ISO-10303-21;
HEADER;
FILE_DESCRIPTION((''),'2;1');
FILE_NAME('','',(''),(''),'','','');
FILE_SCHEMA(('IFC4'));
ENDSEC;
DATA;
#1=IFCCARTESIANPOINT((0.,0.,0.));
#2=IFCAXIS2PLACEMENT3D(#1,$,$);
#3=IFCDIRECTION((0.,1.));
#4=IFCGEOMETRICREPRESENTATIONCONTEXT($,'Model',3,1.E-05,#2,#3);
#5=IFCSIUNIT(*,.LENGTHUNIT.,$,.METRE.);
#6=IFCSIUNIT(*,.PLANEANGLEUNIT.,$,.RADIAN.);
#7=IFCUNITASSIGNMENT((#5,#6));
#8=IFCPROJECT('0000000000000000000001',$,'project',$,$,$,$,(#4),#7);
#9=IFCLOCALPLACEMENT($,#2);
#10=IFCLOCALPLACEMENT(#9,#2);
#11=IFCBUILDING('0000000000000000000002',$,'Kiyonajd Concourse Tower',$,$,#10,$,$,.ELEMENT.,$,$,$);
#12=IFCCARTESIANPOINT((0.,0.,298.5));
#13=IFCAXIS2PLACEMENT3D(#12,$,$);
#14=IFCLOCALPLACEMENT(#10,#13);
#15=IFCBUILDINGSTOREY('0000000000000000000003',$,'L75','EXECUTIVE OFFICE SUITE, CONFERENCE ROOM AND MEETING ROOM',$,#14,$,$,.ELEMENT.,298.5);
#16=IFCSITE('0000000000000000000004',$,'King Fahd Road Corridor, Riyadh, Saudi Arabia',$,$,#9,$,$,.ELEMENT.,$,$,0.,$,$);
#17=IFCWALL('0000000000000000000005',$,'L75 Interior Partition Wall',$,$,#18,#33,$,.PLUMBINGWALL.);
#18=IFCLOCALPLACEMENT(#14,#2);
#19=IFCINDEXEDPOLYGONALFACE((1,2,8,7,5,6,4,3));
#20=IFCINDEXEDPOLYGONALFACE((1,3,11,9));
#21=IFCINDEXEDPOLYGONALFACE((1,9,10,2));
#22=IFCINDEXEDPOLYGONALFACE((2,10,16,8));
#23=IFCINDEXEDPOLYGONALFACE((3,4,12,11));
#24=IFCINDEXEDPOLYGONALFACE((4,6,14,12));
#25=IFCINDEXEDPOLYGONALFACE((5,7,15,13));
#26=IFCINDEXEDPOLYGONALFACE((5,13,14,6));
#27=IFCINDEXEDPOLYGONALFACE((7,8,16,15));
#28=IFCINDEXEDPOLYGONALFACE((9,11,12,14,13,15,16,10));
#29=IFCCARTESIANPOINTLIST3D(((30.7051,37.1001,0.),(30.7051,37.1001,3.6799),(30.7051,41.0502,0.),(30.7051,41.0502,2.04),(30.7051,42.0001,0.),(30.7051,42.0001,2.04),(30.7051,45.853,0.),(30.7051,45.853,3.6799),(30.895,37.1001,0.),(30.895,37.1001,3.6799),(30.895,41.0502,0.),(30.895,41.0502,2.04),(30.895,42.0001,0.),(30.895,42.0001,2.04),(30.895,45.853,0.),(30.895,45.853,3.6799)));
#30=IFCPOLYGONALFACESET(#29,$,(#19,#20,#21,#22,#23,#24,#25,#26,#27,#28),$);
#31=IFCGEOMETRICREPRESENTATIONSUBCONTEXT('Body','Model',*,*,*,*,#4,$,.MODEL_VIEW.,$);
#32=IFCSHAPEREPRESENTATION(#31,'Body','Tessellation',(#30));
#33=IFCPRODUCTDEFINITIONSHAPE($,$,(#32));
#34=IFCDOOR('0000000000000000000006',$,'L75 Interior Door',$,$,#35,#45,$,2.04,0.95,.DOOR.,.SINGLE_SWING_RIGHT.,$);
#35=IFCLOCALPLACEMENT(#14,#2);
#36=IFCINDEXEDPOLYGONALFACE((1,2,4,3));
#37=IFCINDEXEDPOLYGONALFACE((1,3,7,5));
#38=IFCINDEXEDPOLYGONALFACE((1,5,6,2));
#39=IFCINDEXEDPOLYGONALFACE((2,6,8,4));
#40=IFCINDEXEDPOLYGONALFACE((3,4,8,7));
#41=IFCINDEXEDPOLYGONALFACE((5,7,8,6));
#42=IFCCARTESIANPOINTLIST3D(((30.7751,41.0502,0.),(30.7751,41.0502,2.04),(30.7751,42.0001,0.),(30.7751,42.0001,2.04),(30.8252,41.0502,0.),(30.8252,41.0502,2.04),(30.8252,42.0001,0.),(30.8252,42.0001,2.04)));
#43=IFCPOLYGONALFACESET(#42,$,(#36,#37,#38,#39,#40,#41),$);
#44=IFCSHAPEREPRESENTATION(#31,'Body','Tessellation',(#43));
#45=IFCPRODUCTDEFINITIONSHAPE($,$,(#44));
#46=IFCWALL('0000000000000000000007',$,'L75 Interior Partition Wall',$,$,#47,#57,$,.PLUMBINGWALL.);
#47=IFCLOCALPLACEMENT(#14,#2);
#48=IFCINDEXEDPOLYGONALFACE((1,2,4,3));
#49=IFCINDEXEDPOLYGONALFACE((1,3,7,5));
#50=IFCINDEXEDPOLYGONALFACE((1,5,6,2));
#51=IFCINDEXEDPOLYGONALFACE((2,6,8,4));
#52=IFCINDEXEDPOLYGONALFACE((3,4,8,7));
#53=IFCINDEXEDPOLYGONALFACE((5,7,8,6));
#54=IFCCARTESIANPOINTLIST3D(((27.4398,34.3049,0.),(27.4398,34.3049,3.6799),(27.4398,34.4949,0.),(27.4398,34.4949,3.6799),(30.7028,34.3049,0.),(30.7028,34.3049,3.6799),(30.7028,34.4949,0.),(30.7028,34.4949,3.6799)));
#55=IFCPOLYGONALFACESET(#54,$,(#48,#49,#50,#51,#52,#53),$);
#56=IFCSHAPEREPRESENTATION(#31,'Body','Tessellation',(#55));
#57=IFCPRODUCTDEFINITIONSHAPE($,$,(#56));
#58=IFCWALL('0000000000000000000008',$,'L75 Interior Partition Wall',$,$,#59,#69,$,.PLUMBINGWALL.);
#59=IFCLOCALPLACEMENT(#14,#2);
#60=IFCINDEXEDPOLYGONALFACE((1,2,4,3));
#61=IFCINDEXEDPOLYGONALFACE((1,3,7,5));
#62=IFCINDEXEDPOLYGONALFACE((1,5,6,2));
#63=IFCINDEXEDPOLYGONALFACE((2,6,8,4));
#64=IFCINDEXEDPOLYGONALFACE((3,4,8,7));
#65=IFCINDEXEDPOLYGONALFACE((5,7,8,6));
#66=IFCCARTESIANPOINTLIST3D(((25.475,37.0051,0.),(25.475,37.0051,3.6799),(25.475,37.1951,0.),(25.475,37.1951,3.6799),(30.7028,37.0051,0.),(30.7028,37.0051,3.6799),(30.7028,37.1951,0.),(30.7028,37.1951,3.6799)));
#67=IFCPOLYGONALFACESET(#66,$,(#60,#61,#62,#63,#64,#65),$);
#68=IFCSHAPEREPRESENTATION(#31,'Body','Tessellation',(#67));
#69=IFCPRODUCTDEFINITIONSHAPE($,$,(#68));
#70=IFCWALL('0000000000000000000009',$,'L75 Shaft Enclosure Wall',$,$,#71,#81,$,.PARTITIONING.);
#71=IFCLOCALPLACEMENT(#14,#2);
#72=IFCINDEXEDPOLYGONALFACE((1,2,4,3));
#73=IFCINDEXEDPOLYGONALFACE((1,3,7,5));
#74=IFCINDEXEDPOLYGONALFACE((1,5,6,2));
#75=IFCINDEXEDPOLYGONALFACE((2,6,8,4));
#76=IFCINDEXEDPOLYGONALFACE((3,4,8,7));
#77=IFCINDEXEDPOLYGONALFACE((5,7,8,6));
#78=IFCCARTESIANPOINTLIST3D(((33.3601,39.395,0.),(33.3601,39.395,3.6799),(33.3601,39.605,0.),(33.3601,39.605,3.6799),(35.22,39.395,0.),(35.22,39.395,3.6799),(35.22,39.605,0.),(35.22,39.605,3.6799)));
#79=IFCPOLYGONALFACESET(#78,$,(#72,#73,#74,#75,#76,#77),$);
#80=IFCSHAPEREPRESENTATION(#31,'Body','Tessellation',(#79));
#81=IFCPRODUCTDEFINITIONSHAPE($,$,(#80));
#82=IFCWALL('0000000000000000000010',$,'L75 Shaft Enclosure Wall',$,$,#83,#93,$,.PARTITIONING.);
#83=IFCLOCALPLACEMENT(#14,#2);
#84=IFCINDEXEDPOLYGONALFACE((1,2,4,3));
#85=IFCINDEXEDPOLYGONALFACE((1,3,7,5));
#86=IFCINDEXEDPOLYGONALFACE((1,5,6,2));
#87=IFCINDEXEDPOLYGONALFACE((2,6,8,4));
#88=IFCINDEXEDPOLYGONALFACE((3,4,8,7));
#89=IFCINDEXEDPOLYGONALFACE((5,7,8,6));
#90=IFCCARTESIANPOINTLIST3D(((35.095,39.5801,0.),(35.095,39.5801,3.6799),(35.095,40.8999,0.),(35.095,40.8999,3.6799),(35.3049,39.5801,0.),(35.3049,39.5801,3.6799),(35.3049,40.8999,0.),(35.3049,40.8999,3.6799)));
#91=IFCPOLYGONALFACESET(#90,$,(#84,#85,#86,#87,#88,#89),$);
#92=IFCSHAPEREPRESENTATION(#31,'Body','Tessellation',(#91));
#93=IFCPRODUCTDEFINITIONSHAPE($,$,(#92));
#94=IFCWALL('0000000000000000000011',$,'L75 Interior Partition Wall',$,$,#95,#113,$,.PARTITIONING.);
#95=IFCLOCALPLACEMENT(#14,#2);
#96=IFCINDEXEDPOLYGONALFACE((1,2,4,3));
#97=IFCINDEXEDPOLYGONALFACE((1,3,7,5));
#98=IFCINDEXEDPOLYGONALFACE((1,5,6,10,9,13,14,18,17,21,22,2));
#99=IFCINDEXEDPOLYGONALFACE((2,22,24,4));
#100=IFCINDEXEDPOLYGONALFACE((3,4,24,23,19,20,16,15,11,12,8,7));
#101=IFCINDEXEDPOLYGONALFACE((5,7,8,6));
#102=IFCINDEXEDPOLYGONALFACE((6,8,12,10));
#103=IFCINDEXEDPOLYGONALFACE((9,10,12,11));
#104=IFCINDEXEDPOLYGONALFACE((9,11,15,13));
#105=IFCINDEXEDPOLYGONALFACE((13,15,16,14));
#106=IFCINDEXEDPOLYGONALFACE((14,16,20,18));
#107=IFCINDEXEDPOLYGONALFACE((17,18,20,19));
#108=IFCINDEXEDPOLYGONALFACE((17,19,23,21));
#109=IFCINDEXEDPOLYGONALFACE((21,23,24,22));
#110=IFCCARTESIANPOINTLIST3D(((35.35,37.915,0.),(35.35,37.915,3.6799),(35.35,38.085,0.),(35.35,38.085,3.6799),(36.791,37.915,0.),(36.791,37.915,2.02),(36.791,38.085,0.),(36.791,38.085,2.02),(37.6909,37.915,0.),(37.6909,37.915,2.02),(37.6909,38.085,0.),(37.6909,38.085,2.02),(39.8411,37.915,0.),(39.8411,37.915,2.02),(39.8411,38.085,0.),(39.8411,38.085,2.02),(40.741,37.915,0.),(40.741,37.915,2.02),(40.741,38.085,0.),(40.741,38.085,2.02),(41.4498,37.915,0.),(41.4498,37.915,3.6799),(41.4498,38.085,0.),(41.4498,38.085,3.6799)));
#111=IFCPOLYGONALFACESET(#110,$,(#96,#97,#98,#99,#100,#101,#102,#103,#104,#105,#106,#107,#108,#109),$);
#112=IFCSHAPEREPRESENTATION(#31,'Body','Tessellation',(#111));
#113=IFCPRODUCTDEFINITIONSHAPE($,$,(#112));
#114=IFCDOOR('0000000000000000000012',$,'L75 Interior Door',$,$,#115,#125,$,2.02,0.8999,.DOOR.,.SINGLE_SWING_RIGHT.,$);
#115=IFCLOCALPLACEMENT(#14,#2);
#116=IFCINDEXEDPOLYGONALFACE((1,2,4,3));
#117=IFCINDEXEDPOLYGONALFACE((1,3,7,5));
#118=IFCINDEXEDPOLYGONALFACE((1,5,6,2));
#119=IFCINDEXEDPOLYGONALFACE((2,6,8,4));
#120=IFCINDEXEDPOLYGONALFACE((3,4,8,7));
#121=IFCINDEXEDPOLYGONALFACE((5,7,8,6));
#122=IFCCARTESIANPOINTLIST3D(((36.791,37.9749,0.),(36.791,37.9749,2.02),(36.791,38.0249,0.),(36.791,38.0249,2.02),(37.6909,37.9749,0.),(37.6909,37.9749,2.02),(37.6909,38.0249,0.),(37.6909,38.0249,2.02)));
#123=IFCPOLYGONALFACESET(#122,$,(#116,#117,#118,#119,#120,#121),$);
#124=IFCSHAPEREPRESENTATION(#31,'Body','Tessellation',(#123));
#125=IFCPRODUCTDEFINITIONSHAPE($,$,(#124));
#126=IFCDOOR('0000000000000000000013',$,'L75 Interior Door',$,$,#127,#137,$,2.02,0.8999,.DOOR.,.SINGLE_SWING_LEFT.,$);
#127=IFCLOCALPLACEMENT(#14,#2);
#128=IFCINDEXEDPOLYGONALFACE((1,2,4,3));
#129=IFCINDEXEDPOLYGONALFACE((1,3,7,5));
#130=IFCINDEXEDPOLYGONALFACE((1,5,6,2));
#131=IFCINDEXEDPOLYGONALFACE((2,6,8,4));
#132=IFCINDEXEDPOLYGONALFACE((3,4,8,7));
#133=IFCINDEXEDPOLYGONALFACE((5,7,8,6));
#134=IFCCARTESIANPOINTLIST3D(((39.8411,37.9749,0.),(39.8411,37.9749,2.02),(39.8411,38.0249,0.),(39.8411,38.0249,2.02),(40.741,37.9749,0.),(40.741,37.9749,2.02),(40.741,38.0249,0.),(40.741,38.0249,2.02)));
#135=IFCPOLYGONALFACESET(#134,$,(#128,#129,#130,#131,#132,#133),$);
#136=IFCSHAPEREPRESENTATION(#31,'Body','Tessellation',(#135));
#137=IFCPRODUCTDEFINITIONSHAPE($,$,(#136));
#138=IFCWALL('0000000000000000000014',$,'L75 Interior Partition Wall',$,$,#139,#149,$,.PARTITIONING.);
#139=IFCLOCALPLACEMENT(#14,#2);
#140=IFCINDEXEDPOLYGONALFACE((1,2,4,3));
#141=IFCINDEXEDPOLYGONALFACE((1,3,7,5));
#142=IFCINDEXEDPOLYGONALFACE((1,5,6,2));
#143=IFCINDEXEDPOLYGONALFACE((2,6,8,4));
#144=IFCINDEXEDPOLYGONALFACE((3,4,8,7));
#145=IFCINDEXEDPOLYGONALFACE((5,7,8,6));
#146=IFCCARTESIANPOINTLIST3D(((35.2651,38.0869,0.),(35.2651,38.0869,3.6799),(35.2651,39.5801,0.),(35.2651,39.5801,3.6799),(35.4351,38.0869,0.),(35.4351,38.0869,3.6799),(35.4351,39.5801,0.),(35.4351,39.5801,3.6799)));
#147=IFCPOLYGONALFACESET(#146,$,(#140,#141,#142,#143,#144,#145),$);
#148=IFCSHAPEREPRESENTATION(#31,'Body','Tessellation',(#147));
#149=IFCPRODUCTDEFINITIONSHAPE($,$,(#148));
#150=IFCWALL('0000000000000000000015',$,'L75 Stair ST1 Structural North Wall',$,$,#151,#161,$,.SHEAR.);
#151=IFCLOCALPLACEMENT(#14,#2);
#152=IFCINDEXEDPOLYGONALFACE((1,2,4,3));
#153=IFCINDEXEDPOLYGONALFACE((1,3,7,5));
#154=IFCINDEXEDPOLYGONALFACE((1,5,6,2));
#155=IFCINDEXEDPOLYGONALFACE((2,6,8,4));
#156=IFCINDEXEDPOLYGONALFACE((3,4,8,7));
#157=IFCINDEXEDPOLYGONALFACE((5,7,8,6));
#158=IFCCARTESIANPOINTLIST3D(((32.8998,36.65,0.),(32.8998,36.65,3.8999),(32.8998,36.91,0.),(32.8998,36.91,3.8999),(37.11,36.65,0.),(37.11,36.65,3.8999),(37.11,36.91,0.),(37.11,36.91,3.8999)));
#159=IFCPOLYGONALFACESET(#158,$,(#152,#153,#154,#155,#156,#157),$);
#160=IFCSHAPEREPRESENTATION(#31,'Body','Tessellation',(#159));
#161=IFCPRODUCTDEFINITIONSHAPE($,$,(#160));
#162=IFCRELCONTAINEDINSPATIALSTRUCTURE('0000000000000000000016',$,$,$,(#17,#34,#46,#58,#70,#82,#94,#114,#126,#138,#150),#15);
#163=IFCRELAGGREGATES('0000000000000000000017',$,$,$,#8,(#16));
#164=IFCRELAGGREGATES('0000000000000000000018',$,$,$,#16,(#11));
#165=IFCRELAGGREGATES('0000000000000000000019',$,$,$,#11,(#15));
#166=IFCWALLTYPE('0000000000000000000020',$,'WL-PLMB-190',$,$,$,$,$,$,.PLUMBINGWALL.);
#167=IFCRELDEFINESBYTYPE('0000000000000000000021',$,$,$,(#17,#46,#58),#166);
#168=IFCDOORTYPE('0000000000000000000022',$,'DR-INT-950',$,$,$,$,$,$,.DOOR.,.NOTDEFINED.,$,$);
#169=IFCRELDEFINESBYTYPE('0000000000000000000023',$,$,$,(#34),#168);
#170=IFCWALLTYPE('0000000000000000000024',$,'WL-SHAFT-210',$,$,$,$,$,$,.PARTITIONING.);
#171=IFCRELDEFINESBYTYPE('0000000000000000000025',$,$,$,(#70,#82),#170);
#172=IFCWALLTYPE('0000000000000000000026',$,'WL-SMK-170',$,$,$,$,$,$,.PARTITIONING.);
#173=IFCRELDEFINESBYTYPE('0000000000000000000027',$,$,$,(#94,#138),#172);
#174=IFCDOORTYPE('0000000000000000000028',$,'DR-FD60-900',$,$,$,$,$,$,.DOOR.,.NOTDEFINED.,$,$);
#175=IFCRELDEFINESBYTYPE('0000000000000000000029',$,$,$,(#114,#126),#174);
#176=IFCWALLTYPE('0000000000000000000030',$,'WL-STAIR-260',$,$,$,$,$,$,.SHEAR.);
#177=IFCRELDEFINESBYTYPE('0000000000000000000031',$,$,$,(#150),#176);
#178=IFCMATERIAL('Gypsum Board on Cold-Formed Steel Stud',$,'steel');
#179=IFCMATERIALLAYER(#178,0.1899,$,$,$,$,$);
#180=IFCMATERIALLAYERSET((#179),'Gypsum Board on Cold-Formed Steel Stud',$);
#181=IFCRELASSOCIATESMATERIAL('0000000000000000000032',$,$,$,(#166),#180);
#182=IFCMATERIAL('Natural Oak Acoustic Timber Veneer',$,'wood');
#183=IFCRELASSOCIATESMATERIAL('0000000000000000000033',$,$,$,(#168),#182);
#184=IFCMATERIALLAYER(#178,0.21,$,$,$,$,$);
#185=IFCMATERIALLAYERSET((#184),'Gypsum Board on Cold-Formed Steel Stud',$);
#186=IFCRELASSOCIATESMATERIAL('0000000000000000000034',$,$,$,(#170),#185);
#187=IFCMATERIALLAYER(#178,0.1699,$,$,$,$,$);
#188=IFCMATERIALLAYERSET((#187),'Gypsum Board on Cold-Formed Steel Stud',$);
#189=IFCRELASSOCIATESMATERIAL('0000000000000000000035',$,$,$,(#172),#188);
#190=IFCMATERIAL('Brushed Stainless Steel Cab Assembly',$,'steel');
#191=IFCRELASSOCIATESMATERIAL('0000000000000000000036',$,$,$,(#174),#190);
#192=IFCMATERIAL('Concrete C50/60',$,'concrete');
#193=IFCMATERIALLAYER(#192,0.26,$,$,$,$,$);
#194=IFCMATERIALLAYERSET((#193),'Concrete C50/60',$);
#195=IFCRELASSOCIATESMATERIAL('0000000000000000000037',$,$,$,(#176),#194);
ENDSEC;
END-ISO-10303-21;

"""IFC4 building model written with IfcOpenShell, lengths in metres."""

from ifc_helpers import new_model, si_unit, direction, frame, frame_2d, origin, place, context, subcontext, project, spatial, rectangle, extrude, material, layer, layer_set, type_object, element, fill, save


model = new_model("IFC4")

# Units and contexts
model_context = context("Model", 3, precision=1e-05, world=origin(), true_north=direction((0.0, 1.0)))
body_context = subcontext(model_context, "Body", "Model", "MODEL_VIEW")
ifc_project = project(units=[si_unit("LENGTHUNIT", "METRE"), si_unit("PLANEANGLEUNIT", "RADIAN")], contexts=[model_context])

# Site, building, storey
site_placement = place(None, origin())
site = spatial("IfcSite", under=ifc_project, at=site_placement, Name="King Fahd Road Corridor, Riyadh, Saudi Arabia", CompositionType="ELEMENT", RefElevation=0.0)
building_placement = place(site_placement, origin())
building = spatial("IfcBuilding", under=site, at=building_placement, Name="Kiyonajd Concourse Tower", CompositionType="ELEMENT")
storey_placement = place(building_placement, frame((0.0, 0.0, 298.5)))
storey = spatial("IfcBuildingStorey", under=building, at=storey_placement, Name="L75", Description="EXECUTIVE OFFICE SUITE, CONFERENCE ROOM AND MEETING ROOM", CompositionType="ELEMENT", Elevation=298.5)

# Shared definitions
ifc_material_1 = material(Name="Gypsum Board on Cold-Formed Steel Stud", Category="steel")
ifc_layer_1 = layer(ifc_material_1, 0.1899)
ifc_layer_set_1 = layer_set([ifc_layer_1], Name="Gypsum Board on Cold-Formed Steel Stud")
wall_type_1 = type_object("IfcWallType", Name="WL-PLMB-190", PredefinedType="PLUMBINGWALL", material=ifc_layer_set_1)

# Wall, opening, door
wall_1_placement = place(storey_placement, frame((30.8, 37.1001, 0.0), z_axis=(0.0, 0.0, 1.0), x_axis=(0.0, 1.0, 0.0)))
wall_1 = element("IfcWall", 1, at=wall_1_placement, inside=storey, type_object=wall_type_1, Name="L75 Interior Partition Wall", PredefinedType="PLUMBINGWALL", context=body_context, shape_type="SweptSolid", body=[
    extrude(rectangle(XDim=8.7529, YDim=0.1899, at=frame_2d((4.3765, 0.0))), origin(), (0.0, 0.0, 1.0), 3.6799),
])
opening_1_placement = place(wall_1_placement, frame((3.95, 0.0, 0.0)))
opening_1 = element("IfcOpeningElement", 2, at=opening_1_placement, cuts=wall_1, PredefinedType="OPENING", context=body_context, shape_type="SweptSolid", body=[
    extrude(rectangle(XDim=0.95, YDim=2.04, at=frame_2d((0.4751, 1.02))), frame((0.0, 0.105, 0.0), z_axis=(0.0, -1.0, 0.0), x_axis=(1.0, 0.0, 0.0)), (0.0, 0.0, 1.0), 0.21),
])
ifc_material_2 = material(Name="Natural Oak Acoustic Timber Veneer", Category="wood")
door_type_1 = type_object("IfcDoorType", Name="DR-INT-950", OperationType="NOTDEFINED", PredefinedType="DOOR", material=ifc_material_2)
door_1_placement = place(opening_1_placement, origin())
door_1 = element("IfcDoor", 3, at=door_1_placement, inside=storey, type_object=door_type_1, Name="L75 Interior Door", OperationType="SINGLE_SWING_RIGHT", OverallHeight=2.04, OverallWidth=0.95, PredefinedType="DOOR", context=body_context, shape_type="SweptSolid", body=[
    extrude(rectangle(XDim=0.95, YDim=2.04, at=frame_2d((0.4751, 1.02))), frame((0.0, 0.0249, 0.0), z_axis=(0.0, -1.0, 0.0), x_axis=(1.0, 0.0, 0.0)), (0.0, 0.0, 1.0), 0.05),
])
fill(opening_1, door_1)

# Walls
wall_2_placement = place(storey_placement, frame((27.4399, 34.3999, 0.0), z_axis=(0.0, 0.0, 1.0), x_axis=(1.0, 0.0, 0.0)))
element("IfcWall", 4, at=wall_2_placement, inside=storey, type_object=wall_type_1, Name="L75 Interior Partition Wall", PredefinedType="PLUMBINGWALL", context=body_context, shape_type="SweptSolid", body=[
    extrude(rectangle(XDim=3.2629, YDim=0.1899, at=frame_2d((1.6313, 0.0))), origin(), (0.0, 0.0, 1.0), 3.6799),
])
wall_3_placement = place(storey_placement, frame((25.4751, 37.1001, 0.0), z_axis=(0.0, 0.0, 1.0), x_axis=(1.0, 0.0, 0.0)))
element("IfcWall", 5, at=wall_3_placement, inside=storey, type_object=wall_type_1, Name="L75 Interior Partition Wall", PredefinedType="PLUMBINGWALL", context=body_context, shape_type="SweptSolid", body=[
    extrude(rectangle(XDim=5.2278, YDim=0.1899, at=frame_2d((2.6138, 0.0))), origin(), (0.0, 0.0, 1.0), 3.6799),
])
ifc_layer_2 = layer(ifc_material_1, 0.21)
ifc_layer_set_2 = layer_set([ifc_layer_2], Name="Gypsum Board on Cold-Formed Steel Stud")
wall_type_2 = type_object("IfcWallType", Name="WL-SHAFT-210", PredefinedType="PARTITIONING", material=ifc_layer_set_2)
wall_4_placement = place(storey_placement, frame((33.3601, 39.5, 0.0), z_axis=(0.0, 0.0, 1.0), x_axis=(1.0, 0.0, 0.0)))
element("IfcWall", 6, at=wall_4_placement, inside=storey, type_object=wall_type_2, Name="L75 Shaft Enclosure Wall", PredefinedType="PARTITIONING", context=body_context, shape_type="SweptSolid", body=[
    extrude(rectangle(XDim=1.8599, YDim=0.21, at=frame_2d((0.9299, 0.0))), origin(), (0.0, 0.0, 1.0), 3.6799),
])
wall_5_placement = place(storey_placement, frame((35.2, 39.5801, 0.0), z_axis=(0.0, 0.0, 1.0), x_axis=(0.0, 1.0, 0.0)))
element("IfcWall", 7, at=wall_5_placement, inside=storey, type_object=wall_type_2, Name="L75 Shaft Enclosure Wall", PredefinedType="PARTITIONING", context=body_context, shape_type="SweptSolid", body=[
    extrude(rectangle(XDim=1.3198, YDim=0.21, at=frame_2d((0.6599, 0.0))), origin(), (0.0, 0.0, 1.0), 3.6799),
])

# Wall, openings, doors
ifc_layer_3 = layer(ifc_material_1, 0.1699)
ifc_layer_set_3 = layer_set([ifc_layer_3], Name="Gypsum Board on Cold-Formed Steel Stud")
wall_type_3 = type_object("IfcWallType", Name="WL-SMK-170", PredefinedType="PARTITIONING", material=ifc_layer_set_3)
wall_6_placement = place(storey_placement, frame((35.3501, 38.0, 0.0), z_axis=(0.0, 0.0, 1.0), x_axis=(1.0, 0.0, 0.0)))
wall_6 = element("IfcWall", 8, at=wall_6_placement, inside=storey, type_object=wall_type_3, Name="L75 Interior Partition Wall", PredefinedType="PARTITIONING", context=body_context, shape_type="SweptSolid", body=[
    extrude(rectangle(XDim=6.0999, YDim=0.1699, at=frame_2d((3.0498, 0.0))), origin(), (0.0, 0.0, 1.0), 3.6799),
])
opening_2_placement = place(wall_6_placement, frame((1.4409, 0.0, 0.0)))
opening_2 = element("IfcOpeningElement", 9, at=opening_2_placement, cuts=wall_6, PredefinedType="OPENING", context=body_context, shape_type="SweptSolid", body=[
    extrude(rectangle(XDim=0.8999, YDim=2.02, at=frame_2d((0.45, 1.01))), frame((0.0, 0.095, 0.0), z_axis=(0.0, -1.0, 0.0), x_axis=(1.0, 0.0, 0.0)), (0.0, 0.0, 1.0), 0.1899),
])
opening_3_placement = place(wall_6_placement, frame((4.491, 0.0, 0.0)))
opening_3 = element("IfcOpeningElement", 10, at=opening_3_placement, cuts=wall_6, PredefinedType="OPENING", context=body_context, shape_type="SweptSolid", body=[
    extrude(rectangle(XDim=0.8999, YDim=2.02, at=frame_2d((0.45, 1.01))), frame((0.0, 0.095, 0.0), z_axis=(0.0, -1.0, 0.0), x_axis=(1.0, 0.0, 0.0)), (0.0, 0.0, 1.0), 0.1899),
])
ifc_material_3 = material(Name="Brushed Stainless Steel Cab Assembly", Category="steel")
door_type_2 = type_object("IfcDoorType", Name="DR-FD60-900", OperationType="NOTDEFINED", PredefinedType="DOOR", material=ifc_material_3)
door_2_placement = place(opening_2_placement, origin())
door_2 = element("IfcDoor", 11, at=door_2_placement, inside=storey, type_object=door_type_2, Name="L75 Interior Door", OperationType="SINGLE_SWING_RIGHT", OverallHeight=2.02, OverallWidth=0.8999, PredefinedType="DOOR", context=body_context, shape_type="SweptSolid", body=[
    extrude(rectangle(XDim=0.8999, YDim=2.02, at=frame_2d((0.45, 1.01))), frame((0.0, 0.0249, 0.0), z_axis=(0.0, -1.0, 0.0), x_axis=(1.0, 0.0, 0.0)), (0.0, 0.0, 1.0), 0.05),
])
fill(opening_2, door_2)
door_3_placement = place(opening_3_placement, origin())
door_3 = element("IfcDoor", 12, at=door_3_placement, inside=storey, type_object=door_type_2, Name="L75 Interior Door", OperationType="SINGLE_SWING_LEFT", OverallHeight=2.02, OverallWidth=0.8999, PredefinedType="DOOR", context=body_context, shape_type="SweptSolid", body=[
    extrude(rectangle(XDim=0.8999, YDim=2.02, at=frame_2d((0.45, 1.01))), frame((0.0, 0.0249, 0.0), z_axis=(0.0, -1.0, 0.0), x_axis=(1.0, 0.0, 0.0)), (0.0, 0.0, 1.0), 0.05),
])
fill(opening_3, door_3)

# Walls
wall_7_placement = place(storey_placement, frame((35.3501, 38.0869, 0.0), z_axis=(0.0, 0.0, 1.0), x_axis=(0.0, 1.0, 0.0)))
element("IfcWall", 13, at=wall_7_placement, inside=storey, type_object=wall_type_3, Name="L75 Interior Partition Wall", PredefinedType="PARTITIONING", context=body_context, shape_type="SweptSolid", body=[
    extrude(rectangle(XDim=1.4932, YDim=0.1699, at=frame_2d((0.7466, 0.0))), origin(), (0.0, 0.0, 1.0), 3.6799),
])
ifc_material_4 = material(Name="Concrete C50/60", Category="concrete")
ifc_layer_4 = layer(ifc_material_4, 0.26)
ifc_layer_set_4 = layer_set([ifc_layer_4], Name="Concrete C50/60")
wall_type_4 = type_object("IfcWallType", Name="WL-STAIR-260", PredefinedType="SHEAR", material=ifc_layer_set_4)
wall_8_placement = place(storey_placement, frame((32.8999, 36.78, 0.0), z_axis=(0.0, 0.0, 1.0), x_axis=(1.0, 0.0, 0.0)))
element("IfcWall", 14, at=wall_8_placement, inside=storey, type_object=wall_type_4, Name="L75 Stair ST1 Structural North Wall", PredefinedType="SHEAR", context=body_context, shape_type="SweptSolid", body=[
    extrude(rectangle(XDim=4.2102, YDim=0.26, at=frame_2d((2.105, 0.0))), origin(), (0.0, 0.0, 1.0), 3.8999),
])

save(model, "model.ifc")
